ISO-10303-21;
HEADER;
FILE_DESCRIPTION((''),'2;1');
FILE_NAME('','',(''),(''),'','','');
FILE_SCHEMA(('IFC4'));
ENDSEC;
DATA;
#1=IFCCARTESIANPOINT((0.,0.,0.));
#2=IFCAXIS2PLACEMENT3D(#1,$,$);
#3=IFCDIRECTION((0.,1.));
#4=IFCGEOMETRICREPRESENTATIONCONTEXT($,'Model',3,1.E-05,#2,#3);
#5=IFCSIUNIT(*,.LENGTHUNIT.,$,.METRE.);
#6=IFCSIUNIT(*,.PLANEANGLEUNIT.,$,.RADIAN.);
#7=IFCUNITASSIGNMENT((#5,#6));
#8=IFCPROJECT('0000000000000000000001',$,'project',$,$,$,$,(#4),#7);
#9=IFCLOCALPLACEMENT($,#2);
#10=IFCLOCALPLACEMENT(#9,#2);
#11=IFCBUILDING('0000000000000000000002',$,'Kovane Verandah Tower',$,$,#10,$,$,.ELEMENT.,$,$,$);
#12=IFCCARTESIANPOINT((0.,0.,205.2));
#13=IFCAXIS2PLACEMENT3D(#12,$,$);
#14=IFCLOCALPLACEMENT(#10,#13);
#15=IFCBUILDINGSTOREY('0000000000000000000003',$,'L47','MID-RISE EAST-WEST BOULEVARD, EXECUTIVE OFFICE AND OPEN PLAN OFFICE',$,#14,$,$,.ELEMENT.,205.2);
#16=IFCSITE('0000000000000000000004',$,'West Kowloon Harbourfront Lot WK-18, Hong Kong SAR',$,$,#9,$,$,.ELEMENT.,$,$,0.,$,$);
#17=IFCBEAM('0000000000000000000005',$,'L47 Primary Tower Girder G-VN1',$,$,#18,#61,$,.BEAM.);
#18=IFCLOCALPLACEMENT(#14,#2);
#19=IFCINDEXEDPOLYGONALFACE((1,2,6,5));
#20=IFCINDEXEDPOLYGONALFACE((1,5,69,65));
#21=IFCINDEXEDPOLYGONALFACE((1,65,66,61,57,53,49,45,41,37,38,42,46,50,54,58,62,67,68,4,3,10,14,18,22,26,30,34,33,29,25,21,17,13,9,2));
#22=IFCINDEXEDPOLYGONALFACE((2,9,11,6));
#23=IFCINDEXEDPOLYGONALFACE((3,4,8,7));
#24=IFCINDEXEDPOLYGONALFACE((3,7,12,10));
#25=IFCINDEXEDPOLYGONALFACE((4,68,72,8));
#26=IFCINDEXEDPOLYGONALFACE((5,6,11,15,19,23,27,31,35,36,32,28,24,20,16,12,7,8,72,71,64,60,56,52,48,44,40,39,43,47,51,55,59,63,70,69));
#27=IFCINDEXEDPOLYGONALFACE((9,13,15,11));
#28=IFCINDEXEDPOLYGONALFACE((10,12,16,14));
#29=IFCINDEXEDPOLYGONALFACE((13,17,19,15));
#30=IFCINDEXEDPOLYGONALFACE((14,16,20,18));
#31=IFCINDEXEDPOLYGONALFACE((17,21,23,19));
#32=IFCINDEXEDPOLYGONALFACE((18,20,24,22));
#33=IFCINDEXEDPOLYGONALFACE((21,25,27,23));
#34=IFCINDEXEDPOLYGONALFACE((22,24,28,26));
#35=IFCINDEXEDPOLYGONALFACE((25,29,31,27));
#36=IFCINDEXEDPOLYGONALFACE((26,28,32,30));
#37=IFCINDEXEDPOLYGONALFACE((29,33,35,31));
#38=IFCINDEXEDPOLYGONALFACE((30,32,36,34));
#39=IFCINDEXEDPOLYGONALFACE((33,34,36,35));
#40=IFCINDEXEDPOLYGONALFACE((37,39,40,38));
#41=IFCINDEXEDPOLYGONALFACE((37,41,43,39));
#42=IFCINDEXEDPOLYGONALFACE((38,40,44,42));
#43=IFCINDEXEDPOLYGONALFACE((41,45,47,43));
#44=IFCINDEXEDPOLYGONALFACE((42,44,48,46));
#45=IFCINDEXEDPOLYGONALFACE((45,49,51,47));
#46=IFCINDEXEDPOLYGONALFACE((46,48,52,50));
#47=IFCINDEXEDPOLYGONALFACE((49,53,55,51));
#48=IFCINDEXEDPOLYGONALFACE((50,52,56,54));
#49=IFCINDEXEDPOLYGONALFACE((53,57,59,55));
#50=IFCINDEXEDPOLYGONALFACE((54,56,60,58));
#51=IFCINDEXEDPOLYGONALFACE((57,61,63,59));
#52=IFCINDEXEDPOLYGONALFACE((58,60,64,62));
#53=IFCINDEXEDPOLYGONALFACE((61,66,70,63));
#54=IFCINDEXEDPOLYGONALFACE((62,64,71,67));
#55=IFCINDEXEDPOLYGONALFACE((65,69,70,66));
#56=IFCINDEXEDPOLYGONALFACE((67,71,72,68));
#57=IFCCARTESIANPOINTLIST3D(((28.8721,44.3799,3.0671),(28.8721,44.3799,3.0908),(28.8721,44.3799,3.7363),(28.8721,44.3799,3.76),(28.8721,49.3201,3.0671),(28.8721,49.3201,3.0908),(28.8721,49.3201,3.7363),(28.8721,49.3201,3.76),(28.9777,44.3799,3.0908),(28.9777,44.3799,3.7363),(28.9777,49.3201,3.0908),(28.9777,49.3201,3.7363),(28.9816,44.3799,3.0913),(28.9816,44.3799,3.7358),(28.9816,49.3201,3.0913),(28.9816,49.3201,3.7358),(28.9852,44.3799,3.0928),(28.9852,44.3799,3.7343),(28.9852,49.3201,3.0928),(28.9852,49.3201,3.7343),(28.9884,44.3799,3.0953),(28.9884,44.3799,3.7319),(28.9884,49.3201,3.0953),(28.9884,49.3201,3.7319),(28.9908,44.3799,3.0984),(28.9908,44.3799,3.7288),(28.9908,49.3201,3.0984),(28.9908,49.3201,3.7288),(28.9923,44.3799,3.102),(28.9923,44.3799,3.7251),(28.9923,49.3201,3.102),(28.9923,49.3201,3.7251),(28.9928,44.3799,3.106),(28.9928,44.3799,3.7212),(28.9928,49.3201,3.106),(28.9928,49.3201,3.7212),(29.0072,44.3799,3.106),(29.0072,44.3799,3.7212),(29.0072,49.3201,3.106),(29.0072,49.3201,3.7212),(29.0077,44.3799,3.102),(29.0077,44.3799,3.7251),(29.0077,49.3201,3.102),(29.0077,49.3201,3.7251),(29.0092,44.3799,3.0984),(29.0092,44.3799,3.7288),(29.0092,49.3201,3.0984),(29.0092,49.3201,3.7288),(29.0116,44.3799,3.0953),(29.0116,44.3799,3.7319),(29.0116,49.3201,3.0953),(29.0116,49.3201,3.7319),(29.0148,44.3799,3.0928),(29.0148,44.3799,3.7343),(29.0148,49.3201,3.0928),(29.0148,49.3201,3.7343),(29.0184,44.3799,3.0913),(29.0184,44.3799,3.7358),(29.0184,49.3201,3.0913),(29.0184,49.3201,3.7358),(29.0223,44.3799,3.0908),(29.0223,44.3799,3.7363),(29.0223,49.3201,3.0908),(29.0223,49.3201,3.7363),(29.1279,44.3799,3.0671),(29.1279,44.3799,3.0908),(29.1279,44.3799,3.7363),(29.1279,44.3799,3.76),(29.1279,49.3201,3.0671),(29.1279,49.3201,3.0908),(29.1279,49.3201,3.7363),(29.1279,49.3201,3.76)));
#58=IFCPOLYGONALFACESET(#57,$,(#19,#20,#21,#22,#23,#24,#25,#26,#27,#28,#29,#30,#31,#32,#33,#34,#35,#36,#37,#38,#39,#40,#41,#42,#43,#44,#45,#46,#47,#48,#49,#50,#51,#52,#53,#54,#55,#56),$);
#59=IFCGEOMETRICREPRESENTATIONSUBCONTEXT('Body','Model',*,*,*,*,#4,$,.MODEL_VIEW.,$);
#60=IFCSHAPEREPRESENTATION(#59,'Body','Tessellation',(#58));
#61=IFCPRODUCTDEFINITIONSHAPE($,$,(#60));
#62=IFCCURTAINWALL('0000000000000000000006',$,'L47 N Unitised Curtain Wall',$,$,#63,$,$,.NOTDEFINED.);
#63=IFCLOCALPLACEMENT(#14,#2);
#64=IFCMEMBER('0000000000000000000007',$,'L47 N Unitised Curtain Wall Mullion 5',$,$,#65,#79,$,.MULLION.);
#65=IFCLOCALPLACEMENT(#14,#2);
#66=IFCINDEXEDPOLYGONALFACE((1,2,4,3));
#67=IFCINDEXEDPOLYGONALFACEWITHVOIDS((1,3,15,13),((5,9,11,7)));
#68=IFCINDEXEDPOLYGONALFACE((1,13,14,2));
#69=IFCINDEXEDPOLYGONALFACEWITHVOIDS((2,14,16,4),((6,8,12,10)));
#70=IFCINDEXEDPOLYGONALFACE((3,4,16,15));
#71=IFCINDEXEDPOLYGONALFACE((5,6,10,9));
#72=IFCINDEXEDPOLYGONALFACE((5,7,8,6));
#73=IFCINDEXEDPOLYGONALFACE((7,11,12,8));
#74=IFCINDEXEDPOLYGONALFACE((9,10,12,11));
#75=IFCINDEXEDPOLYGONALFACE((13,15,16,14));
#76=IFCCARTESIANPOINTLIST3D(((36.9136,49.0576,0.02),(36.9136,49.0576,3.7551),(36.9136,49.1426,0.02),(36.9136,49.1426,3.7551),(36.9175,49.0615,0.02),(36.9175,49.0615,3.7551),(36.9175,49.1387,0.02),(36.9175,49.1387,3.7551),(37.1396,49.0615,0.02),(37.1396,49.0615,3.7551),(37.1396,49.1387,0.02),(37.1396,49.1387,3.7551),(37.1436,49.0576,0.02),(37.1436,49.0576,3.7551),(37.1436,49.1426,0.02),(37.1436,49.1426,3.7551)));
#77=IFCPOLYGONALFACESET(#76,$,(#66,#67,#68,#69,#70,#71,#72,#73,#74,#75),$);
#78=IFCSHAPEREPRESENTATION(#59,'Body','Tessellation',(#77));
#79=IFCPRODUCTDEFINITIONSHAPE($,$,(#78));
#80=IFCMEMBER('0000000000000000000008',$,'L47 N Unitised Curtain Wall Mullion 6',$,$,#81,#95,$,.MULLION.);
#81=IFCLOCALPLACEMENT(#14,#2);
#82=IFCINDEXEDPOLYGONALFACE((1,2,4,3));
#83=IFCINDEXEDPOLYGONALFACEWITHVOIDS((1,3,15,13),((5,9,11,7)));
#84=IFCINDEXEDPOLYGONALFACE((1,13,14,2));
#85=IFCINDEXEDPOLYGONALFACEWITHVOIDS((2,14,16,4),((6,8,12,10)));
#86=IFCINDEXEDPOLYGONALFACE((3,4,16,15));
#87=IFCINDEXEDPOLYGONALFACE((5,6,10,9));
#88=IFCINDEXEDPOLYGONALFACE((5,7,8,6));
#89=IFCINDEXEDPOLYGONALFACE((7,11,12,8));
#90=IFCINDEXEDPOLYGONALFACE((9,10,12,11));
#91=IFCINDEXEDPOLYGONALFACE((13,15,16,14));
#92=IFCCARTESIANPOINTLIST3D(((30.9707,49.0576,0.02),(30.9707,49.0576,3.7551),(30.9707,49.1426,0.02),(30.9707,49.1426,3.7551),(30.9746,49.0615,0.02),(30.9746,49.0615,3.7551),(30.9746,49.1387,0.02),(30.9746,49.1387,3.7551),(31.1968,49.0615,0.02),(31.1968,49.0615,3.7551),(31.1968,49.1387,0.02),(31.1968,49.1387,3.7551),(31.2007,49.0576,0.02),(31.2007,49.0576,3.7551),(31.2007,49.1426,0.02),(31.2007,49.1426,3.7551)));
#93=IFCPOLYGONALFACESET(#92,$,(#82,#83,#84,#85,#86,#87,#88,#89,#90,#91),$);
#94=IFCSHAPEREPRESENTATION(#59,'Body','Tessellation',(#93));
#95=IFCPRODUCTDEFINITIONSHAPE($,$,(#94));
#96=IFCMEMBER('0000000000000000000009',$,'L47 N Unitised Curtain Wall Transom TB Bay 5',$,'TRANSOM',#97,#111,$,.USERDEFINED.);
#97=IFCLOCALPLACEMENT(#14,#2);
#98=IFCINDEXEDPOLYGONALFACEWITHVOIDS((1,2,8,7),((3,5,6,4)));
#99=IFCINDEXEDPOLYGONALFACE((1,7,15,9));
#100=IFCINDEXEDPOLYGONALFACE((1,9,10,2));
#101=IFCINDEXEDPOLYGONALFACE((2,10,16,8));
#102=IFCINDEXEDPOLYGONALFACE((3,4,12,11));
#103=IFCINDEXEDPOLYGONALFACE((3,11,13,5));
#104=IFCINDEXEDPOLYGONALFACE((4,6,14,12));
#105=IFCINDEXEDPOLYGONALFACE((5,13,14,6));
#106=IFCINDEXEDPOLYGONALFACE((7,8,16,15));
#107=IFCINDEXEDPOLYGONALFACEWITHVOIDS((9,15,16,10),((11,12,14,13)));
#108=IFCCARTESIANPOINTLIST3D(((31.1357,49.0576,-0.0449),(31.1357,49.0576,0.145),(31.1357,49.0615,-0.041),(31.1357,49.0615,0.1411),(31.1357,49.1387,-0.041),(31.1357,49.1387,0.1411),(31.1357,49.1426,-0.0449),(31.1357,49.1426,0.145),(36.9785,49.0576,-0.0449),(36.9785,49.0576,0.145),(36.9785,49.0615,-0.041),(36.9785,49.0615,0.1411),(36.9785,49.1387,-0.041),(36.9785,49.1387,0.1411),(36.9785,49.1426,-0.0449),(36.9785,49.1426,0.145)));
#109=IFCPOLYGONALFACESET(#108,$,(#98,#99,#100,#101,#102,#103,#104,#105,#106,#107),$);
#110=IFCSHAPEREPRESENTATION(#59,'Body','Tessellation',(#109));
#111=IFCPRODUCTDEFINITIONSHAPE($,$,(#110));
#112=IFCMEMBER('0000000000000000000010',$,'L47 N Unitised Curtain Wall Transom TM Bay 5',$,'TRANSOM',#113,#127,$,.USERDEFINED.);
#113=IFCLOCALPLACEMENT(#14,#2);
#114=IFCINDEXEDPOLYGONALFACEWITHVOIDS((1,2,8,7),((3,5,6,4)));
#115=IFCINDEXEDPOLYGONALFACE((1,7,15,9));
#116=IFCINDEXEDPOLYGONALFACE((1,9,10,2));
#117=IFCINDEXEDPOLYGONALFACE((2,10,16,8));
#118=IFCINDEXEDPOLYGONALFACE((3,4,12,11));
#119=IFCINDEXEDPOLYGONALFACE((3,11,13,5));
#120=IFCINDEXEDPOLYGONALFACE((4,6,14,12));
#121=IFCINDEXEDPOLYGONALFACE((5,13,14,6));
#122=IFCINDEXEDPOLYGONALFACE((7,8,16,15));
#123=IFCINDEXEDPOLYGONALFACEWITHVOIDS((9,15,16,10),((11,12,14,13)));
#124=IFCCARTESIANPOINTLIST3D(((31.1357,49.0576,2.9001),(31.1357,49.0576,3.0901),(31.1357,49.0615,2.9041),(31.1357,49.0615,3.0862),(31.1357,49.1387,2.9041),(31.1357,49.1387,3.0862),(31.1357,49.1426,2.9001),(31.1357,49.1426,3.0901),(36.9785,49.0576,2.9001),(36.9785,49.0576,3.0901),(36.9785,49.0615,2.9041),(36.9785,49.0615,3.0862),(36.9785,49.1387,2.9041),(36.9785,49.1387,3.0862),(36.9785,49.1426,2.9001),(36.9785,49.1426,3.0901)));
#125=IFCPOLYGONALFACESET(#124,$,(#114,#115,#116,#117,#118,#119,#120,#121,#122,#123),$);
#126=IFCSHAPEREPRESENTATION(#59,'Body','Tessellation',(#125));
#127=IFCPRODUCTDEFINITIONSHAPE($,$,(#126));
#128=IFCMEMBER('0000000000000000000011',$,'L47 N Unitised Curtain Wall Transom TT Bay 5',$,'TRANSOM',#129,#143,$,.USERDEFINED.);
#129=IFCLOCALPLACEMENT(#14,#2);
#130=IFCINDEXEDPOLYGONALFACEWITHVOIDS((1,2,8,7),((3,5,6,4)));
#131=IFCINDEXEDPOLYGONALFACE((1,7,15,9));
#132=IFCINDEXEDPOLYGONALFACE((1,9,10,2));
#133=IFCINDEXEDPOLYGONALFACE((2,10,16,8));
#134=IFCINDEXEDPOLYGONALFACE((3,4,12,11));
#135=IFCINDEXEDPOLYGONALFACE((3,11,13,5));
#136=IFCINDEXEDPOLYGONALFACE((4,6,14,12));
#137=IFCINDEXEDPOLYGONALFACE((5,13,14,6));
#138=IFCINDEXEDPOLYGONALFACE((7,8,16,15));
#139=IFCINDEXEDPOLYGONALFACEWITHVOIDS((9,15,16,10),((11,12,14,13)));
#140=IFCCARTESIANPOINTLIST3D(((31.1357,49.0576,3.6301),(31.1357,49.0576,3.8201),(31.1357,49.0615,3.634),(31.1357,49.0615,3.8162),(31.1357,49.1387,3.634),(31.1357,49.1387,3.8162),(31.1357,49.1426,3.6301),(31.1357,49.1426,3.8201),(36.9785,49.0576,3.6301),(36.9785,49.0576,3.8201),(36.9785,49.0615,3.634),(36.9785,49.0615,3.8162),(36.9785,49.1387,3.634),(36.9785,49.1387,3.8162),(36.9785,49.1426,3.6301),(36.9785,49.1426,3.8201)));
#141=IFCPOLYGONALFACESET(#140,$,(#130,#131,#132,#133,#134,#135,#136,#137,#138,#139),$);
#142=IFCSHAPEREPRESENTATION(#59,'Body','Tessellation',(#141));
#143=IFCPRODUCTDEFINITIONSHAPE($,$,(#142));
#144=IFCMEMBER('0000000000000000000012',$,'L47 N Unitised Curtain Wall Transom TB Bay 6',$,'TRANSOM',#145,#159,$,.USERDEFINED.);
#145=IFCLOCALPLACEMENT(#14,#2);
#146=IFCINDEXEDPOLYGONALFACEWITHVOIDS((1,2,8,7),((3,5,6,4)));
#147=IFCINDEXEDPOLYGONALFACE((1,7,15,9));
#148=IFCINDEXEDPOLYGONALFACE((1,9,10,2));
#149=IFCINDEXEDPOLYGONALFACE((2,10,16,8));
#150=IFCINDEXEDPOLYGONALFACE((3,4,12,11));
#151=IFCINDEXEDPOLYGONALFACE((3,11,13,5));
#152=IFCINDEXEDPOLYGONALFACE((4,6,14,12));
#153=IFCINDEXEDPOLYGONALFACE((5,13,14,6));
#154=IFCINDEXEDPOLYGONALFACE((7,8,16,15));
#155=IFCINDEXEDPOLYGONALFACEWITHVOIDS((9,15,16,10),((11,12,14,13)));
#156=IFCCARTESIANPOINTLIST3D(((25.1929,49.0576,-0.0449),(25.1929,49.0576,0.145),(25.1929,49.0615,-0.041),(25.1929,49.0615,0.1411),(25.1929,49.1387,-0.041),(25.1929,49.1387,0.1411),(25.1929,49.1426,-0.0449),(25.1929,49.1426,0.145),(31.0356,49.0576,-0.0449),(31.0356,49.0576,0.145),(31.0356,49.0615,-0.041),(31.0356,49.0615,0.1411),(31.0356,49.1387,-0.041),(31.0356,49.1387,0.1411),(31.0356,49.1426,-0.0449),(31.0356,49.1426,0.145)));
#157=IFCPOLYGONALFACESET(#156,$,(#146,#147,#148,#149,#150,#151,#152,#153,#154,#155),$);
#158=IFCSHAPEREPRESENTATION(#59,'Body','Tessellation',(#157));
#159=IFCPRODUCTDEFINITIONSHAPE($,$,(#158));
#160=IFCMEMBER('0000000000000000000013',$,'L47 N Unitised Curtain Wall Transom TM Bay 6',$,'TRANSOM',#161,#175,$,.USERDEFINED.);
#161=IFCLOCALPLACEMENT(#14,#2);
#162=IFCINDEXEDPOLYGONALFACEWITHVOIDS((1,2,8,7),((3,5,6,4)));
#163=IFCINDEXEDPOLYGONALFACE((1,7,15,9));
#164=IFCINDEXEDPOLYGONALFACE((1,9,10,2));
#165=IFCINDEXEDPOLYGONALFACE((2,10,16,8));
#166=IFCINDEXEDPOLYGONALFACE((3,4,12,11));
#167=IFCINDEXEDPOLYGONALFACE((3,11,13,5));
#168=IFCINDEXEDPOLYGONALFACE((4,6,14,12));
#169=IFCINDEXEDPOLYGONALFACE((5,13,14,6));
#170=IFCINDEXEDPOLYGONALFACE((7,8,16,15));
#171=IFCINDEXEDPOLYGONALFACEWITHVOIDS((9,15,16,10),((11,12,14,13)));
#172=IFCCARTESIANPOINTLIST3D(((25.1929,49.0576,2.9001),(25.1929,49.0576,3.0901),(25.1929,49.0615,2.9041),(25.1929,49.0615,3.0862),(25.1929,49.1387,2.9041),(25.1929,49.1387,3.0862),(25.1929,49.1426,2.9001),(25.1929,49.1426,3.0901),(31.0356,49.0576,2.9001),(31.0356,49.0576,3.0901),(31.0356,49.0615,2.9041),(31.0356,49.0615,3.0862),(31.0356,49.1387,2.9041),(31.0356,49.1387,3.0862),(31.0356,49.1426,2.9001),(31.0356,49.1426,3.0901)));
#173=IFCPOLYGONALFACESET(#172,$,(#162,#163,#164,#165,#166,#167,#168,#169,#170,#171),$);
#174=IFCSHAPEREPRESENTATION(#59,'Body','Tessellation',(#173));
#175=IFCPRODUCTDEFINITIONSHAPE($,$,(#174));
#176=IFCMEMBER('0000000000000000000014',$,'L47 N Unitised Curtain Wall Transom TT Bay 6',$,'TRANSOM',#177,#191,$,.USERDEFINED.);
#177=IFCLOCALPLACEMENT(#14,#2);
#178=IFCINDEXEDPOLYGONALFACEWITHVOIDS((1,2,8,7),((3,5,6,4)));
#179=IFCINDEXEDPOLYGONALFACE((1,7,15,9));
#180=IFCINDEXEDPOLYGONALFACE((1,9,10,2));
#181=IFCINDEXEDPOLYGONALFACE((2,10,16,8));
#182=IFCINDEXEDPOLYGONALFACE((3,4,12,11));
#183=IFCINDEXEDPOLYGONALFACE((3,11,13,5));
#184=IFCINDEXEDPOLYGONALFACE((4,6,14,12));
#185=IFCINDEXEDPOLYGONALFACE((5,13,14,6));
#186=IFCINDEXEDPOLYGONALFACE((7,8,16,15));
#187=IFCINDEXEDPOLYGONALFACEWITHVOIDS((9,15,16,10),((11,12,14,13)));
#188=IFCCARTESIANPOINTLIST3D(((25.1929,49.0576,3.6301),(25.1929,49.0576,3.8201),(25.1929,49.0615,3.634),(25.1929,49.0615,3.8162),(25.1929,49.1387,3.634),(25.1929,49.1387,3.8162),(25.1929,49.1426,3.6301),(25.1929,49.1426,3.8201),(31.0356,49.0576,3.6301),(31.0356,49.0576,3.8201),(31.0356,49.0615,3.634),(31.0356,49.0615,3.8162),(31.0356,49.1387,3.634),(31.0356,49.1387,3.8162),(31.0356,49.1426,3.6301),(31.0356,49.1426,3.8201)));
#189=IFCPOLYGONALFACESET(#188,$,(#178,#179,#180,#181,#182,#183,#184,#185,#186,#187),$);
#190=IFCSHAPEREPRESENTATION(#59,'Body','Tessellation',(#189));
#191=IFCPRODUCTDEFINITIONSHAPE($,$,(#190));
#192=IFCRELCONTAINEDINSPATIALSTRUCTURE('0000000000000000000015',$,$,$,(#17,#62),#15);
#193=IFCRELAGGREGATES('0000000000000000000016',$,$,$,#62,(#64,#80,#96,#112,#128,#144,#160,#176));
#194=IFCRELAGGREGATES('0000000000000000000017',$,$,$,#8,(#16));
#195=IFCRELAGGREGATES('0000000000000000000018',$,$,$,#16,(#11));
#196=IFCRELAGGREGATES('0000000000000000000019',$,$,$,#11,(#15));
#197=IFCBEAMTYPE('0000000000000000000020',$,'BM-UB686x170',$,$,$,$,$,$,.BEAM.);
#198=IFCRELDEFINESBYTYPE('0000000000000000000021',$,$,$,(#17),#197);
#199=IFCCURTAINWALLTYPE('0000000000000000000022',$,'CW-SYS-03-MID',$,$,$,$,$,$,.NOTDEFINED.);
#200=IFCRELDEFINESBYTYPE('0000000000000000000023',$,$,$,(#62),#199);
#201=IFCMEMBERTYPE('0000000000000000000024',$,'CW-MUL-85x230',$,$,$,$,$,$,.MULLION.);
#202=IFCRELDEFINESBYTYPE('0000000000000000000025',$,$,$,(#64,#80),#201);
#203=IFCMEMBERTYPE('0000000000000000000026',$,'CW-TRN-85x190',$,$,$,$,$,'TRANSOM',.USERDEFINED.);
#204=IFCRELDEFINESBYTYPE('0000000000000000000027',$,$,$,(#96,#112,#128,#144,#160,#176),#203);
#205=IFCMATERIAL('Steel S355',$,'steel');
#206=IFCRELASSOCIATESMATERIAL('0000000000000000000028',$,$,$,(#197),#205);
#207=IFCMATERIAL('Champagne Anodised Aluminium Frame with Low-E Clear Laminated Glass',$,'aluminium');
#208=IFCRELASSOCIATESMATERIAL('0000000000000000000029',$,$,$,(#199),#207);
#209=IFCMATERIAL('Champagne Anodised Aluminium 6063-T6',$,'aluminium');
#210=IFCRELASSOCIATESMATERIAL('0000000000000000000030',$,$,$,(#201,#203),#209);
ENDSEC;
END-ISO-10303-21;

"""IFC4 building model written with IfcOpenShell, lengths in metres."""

from ifc_helpers import new_model, si_unit, direction, frame, origin, origin_2d, place, context, subcontext, project, spatial, hollow_rectangle, i_section, extrude, material, material_profile, profile_set, type_object, element, aggregate, save


model = new_model("IFC4")

# Units and contexts
model_context = context("Model", 3, precision=1e-05, world=origin(), true_north=direction((0.0, 1.0)))
body_context = subcontext(model_context, "Body", "Model", "MODEL_VIEW")
ifc_project = project(units=[si_unit("LENGTHUNIT", "METRE"), si_unit("PLANEANGLEUNIT", "RADIAN")], contexts=[model_context])

# Site, building, storey
site_placement = place(None, origin())
site = spatial("IfcSite", under=ifc_project, at=site_placement, Name="West Kowloon Harbourfront Lot WK-18, Hong Kong SAR", CompositionType="ELEMENT", RefElevation=0.0)
building_placement = place(site_placement, origin())
building = spatial("IfcBuilding", under=site, at=building_placement, Name="Kovane Verandah Tower", CompositionType="ELEMENT")
storey_placement = place(building_placement, frame((0.0, 0.0, 205.2)))
storey = spatial("IfcBuildingStorey", under=building, at=storey_placement, Name="L47", Description="MID-RISE EAST-WEST BOULEVARD, EXECUTIVE OFFICE AND OPEN PLAN OFFICE", CompositionType="ELEMENT", Elevation=205.2)

# Beam
ifc_material_1 = material(Name="Steel S355", Category="steel")
ifc_material_profile_1 = material_profile(ifc_material_1, i_section(OverallWidth=0.2559, OverallDepth=0.6929, WebThickness=0.0144, FlangeThickness=0.0237, FilletRadius=0.0151, at=origin_2d()), Name="UB686x254x170")
ifc_profile_set_1 = profile_set([ifc_material_profile_1], Name="Steel S355")
beam_type_1 = type_object("IfcBeamType", Name="BM-UB686x170", PredefinedType="BEAM", material=ifc_profile_set_1)
beam_1_placement = place(storey_placement, frame((29.0, 44.3799, 3.4136), z_axis=(0.0, 1.0, 0.0), x_axis=(-1.0, 0.0, 0.0)))
element("IfcBeam", 1, at=beam_1_placement, inside=storey, type_object=beam_type_1, Name="L47 Primary Tower Girder G-VN1", PredefinedType="BEAM", context=body_context, shape_type="SweptSolid", body=[
    extrude(i_section(OverallWidth=0.2559, OverallDepth=0.6929, WebThickness=0.0144, FlangeThickness=0.0237, FilletRadius=0.0151, at=origin_2d()), origin(), (0.0, 0.0, 1.0), 4.9402),
])

# Curtain wall, members
ifc_material_2 = material(Name="Champagne Anodised Aluminium Frame with Low-E Clear Laminated Glass", Category="aluminium")
curtain_wall_type = type_object("IfcCurtainWallType", Name="CW-SYS-03-MID", PredefinedType="NOTDEFINED", material=ifc_material_2)
curtain_wall_placement = place(storey_placement, origin())
curtain_wall = element("IfcCurtainWall", 2, at=curtain_wall_placement, inside=storey, type_object=curtain_wall_type, Name="L47 N Unitised Curtain Wall", PredefinedType="NOTDEFINED")
ifc_material_3 = material(Name="Champagne Anodised Aluminium 6063-T6", Category="aluminium")
ifc_material_profile_2 = material_profile(ifc_material_3, hollow_rectangle(XDim=0.085, YDim=0.23, WallThickness=0.0039, at=origin_2d()), Name="AL85x230x4")
ifc_profile_set_2 = profile_set([ifc_material_profile_2], Name="Champagne Anodised Aluminium 6063-T6")
member_type_1 = type_object("IfcMemberType", Name="CW-MUL-85x230", PredefinedType="MULLION", material=ifc_profile_set_2)
member_1_placement = place(storey_placement, frame((37.0286, 49.1001, 0.02), z_axis=(0.0, 0.0, 1.0), x_axis=(0.0, 1.0, 0.0)))
member_1 = element("IfcMember", 3, at=member_1_placement, type_object=member_type_1, Name="L47 N Unitised Curtain Wall Mullion 5", PredefinedType="MULLION", context=body_context, shape_type="SweptSolid", body=[
    extrude(hollow_rectangle(XDim=0.085, YDim=0.23, WallThickness=0.0039, at=origin_2d()), origin(), (0.0, 0.0, 1.0), 3.7351),
])
member_2_placement = place(storey_placement, frame((31.0857, 49.1001, 0.02), z_axis=(0.0, 0.0, 1.0), x_axis=(0.0, 1.0, 0.0)))
member_2 = element("IfcMember", 4, at=member_2_placement, type_object=member_type_1, Name="L47 N Unitised Curtain Wall Mullion 6", PredefinedType="MULLION", context=body_context, shape_type="SweptSolid", body=[
    extrude(hollow_rectangle(XDim=0.085, YDim=0.23, WallThickness=0.0039, at=origin_2d()), origin(), (0.0, 0.0, 1.0), 3.7351),
])
ifc_material_profile_3 = material_profile(ifc_material_3, hollow_rectangle(XDim=0.085, YDim=0.1899, WallThickness=0.0039, at=origin_2d()), Name="AL85x190x4")
ifc_profile_set_3 = profile_set([ifc_material_profile_3], Name="Champagne Anodised Aluminium 6063-T6")
member_type_2 = type_object("IfcMemberType", Name="CW-TRN-85x190", ElementType="TRANSOM", PredefinedType="USERDEFINED", material=ifc_profile_set_3)
member_3_placement = place(storey_placement, frame((36.9785, 49.1001, 0.05), z_axis=(-1.0, 0.0, 0.0), x_axis=(0.0, -1.0, 0.0)))
member_3 = element("IfcMember", 5, at=member_3_placement, type_object=member_type_2, Name="L47 N Unitised Curtain Wall Transom TB Bay 5", ObjectType="TRANSOM", PredefinedType="USERDEFINED", context=body_context, shape_type="SweptSolid", body=[
    extrude(hollow_rectangle(XDim=0.085, YDim=0.1899, WallThickness=0.0039, at=origin_2d()), origin(), (0.0, 0.0, 1.0), 5.8428),
])
member_4_placement = place(storey_placement, frame((36.9785, 49.1001, 2.9951), z_axis=(-1.0, 0.0, 0.0), x_axis=(0.0, -1.0, 0.0)))
member_4 = element("IfcMember", 6, at=member_4_placement, type_object=member_type_2, Name="L47 N Unitised Curtain Wall Transom TM Bay 5", ObjectType="TRANSOM", PredefinedType="USERDEFINED", context=body_context, shape_type="SweptSolid", body=[
    extrude(hollow_rectangle(XDim=0.085, YDim=0.1899, WallThickness=0.0039, at=origin_2d()), origin(), (0.0, 0.0, 1.0), 5.8428),
])
member_5_placement = place(storey_placement, frame((36.9785, 49.1001, 3.7251), z_axis=(-1.0, 0.0, 0.0), x_axis=(0.0, -1.0, 0.0)))
member_5 = element("IfcMember", 7, at=member_5_placement, type_object=member_type_2, Name="L47 N Unitised Curtain Wall Transom TT Bay 5", ObjectType="TRANSOM", PredefinedType="USERDEFINED", context=body_context, shape_type="SweptSolid", body=[
    extrude(hollow_rectangle(XDim=0.085, YDim=0.1899, WallThickness=0.0039, at=origin_2d()), origin(), (0.0, 0.0, 1.0), 5.8428),
])
member_6_placement = place(storey_placement, frame((31.0356, 49.1001, 0.05), z_axis=(-1.0, 0.0, 0.0), x_axis=(0.0, -1.0, 0.0)))
member_6 = element("IfcMember", 8, at=member_6_placement, type_object=member_type_2, Name="L47 N Unitised Curtain Wall Transom TB Bay 6", ObjectType="TRANSOM", PredefinedType="USERDEFINED", context=body_context, shape_type="SweptSolid", body=[
    extrude(hollow_rectangle(XDim=0.085, YDim=0.1899, WallThickness=0.0039, at=origin_2d()), origin(), (0.0, 0.0, 1.0), 5.8428),
])
member_7_placement = place(storey_placement, frame((31.0356, 49.1001, 2.9951), z_axis=(-1.0, 0.0, 0.0), x_axis=(0.0, -1.0, 0.0)))
member_7 = element("IfcMember", 9, at=member_7_placement, type_object=member_type_2, Name="L47 N Unitised Curtain Wall Transom TM Bay 6", ObjectType="TRANSOM", PredefinedType="USERDEFINED", context=body_context, shape_type="SweptSolid", body=[
    extrude(hollow_rectangle(XDim=0.085, YDim=0.1899, WallThickness=0.0039, at=origin_2d()), origin(), (0.0, 0.0, 1.0), 5.8428),
])
member_8_placement = place(storey_placement, frame((31.0356, 49.1001, 3.7251), z_axis=(-1.0, 0.0, 0.0), x_axis=(0.0, -1.0, 0.0)))
member_8 = element("IfcMember", 10, at=member_8_placement, type_object=member_type_2, Name="L47 N Unitised Curtain Wall Transom TT Bay 6", ObjectType="TRANSOM", PredefinedType="USERDEFINED", context=body_context, shape_type="SweptSolid", body=[
    extrude(hollow_rectangle(XDim=0.085, YDim=0.1899, WallThickness=0.0039, at=origin_2d()), origin(), (0.0, 0.0, 1.0), 5.8428),
])

aggregate(curtain_wall, [member_1, member_2, member_3, member_4, member_5, member_6, member_7, member_8])

save(model, "model.ifc")
